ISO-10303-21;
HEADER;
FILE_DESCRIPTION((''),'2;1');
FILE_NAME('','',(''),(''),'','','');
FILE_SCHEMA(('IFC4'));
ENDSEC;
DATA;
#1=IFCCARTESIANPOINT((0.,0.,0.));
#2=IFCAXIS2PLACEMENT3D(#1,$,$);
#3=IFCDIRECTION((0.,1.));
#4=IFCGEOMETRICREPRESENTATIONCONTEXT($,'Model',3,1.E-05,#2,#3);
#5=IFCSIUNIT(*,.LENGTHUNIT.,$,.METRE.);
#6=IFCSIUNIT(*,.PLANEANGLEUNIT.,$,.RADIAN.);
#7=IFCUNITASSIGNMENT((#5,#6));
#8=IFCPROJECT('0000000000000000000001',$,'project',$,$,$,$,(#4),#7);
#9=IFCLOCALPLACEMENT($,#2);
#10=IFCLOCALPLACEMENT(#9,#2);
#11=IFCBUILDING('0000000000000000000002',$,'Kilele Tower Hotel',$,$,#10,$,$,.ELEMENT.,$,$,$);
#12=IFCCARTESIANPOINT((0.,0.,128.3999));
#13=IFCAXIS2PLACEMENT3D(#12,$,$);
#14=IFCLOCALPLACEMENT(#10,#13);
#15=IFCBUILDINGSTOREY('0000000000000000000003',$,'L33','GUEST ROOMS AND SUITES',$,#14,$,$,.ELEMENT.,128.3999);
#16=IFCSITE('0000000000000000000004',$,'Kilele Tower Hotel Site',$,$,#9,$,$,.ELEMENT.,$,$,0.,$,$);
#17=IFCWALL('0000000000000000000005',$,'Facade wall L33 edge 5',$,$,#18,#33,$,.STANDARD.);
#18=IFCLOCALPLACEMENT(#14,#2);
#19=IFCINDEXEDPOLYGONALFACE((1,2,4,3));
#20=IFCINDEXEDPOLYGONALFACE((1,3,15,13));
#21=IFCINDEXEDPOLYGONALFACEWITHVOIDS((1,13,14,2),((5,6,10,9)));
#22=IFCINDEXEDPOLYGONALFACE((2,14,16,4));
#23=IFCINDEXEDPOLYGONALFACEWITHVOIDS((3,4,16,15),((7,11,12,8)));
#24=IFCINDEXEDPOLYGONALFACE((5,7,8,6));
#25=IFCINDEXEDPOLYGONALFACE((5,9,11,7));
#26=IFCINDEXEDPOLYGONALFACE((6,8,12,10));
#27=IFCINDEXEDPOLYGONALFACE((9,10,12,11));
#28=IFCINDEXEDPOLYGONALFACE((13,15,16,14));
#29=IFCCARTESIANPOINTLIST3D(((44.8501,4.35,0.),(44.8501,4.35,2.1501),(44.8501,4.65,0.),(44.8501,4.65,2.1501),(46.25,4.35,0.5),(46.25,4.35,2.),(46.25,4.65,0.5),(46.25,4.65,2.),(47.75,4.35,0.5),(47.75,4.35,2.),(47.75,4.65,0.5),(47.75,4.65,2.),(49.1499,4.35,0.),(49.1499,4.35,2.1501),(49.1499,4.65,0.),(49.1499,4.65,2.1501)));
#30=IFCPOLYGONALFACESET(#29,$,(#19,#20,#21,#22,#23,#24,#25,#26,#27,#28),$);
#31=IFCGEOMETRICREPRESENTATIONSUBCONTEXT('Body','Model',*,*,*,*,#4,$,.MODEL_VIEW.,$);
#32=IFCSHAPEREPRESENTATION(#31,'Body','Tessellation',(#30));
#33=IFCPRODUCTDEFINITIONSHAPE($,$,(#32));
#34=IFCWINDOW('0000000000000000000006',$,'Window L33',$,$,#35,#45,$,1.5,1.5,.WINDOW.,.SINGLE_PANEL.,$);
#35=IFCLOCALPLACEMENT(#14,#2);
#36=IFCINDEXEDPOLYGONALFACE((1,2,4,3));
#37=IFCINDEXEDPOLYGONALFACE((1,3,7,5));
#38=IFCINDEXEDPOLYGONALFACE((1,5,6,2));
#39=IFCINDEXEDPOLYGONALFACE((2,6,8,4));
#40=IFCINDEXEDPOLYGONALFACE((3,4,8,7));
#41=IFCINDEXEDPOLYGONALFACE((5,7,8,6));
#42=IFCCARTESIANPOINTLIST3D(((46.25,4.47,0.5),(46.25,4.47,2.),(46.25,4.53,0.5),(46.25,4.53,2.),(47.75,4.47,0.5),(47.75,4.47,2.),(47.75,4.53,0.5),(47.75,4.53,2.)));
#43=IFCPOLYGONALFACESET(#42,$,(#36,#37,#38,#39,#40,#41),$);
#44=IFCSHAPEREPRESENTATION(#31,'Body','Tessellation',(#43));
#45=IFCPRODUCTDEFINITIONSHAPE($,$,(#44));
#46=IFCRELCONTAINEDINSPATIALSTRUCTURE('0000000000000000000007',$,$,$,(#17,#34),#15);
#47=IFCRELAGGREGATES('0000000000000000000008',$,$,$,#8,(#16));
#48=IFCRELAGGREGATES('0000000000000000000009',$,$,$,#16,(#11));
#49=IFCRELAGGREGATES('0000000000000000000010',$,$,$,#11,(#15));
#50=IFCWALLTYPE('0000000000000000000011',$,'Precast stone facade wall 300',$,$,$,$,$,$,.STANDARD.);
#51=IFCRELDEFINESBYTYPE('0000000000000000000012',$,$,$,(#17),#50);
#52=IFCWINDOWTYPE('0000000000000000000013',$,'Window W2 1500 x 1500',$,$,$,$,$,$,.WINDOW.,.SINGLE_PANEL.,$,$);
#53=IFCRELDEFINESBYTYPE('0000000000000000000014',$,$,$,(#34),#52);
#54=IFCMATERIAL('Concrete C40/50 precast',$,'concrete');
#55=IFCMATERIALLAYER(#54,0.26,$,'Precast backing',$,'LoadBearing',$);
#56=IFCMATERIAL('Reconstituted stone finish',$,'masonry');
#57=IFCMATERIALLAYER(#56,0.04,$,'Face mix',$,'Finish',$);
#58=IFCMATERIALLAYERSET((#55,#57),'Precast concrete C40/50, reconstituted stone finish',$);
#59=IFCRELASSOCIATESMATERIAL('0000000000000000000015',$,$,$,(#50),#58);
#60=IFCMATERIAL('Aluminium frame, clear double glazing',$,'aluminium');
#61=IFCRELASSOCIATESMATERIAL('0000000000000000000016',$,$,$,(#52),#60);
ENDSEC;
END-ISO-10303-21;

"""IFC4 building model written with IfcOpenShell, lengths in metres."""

from ifc_helpers import new_model, si_unit, direction, frame, frame_2d, origin, place, context, subcontext, project, spatial, rectangle, extrude, material, layer, layer_set, type_object, element, fill, save


model = new_model("IFC4")

# Units and contexts
model_context = context("Model", 3, precision=1e-05, world=origin(), true_north=direction((0.0, 1.0)))
body_context = subcontext(model_context, "Body", "Model", "MODEL_VIEW")
ifc_project = project(units=[si_unit("LENGTHUNIT", "METRE"), si_unit("PLANEANGLEUNIT", "RADIAN")], contexts=[model_context])

# Site, building, storey
site_placement = place(None, origin())
site = spatial("IfcSite", under=ifc_project, at=site_placement, Name="Kilele Tower Hotel Site", CompositionType="ELEMENT", RefElevation=0.0)
building_placement = place(site_placement, origin())
building = spatial("IfcBuilding", under=site, at=building_placement, Name="Kilele Tower Hotel", CompositionType="ELEMENT")
storey_placement = place(building_placement, frame((0.0, 0.0, 128.3999)))
storey = spatial("IfcBuildingStorey", under=building, at=storey_placement, Name="L33", Description="GUEST ROOMS AND SUITES", CompositionType="ELEMENT", Elevation=128.3999)

# Wall, opening, window
ifc_material_1 = material(Name="Concrete C40/50 precast", Category="concrete")
ifc_layer_1 = layer(ifc_material_1, 0.26, Name="Precast backing", Category="LoadBearing")
ifc_material_2 = material(Name="Reconstituted stone finish", Category="masonry")
ifc_layer_2 = layer(ifc_material_2, 0.04, Name="Face mix", Category="Finish")
ifc_layer_set_1 = layer_set([ifc_layer_1, ifc_layer_2], Name="Precast concrete C40/50, reconstituted stone finish")
wall_type_1 = type_object("IfcWallType", Name="Precast stone facade wall 300", PredefinedType="STANDARD", material=ifc_layer_set_1)
ifc_material_3 = material(Name="Aluminium frame, clear double glazing", Category="aluminium")
window_type = type_object("IfcWindowType", Name="Window W2 1500 x 1500", PartitioningType="SINGLE_PANEL", PredefinedType="WINDOW", material=ifc_material_3)
wall_1_placement = place(storey_placement, frame((44.8501, 4.5, 0.0), z_axis=(0.0, 0.0, 1.0), x_axis=(1.0, 0.0, 0.0)))
wall_1 = element("IfcWall", 1, at=wall_1_placement, inside=storey, type_object=wall_type_1, Name="Facade wall L33 edge 5", PredefinedType="STANDARD", context=body_context, shape_type="SweptSolid", body=[
    extrude(rectangle(XDim=4.2998, YDim=0.3, at=frame_2d((2.1499, 0.0))), origin(), (0.0, 0.0, 1.0), 2.1501),
])
opening_1_placement = place(wall_1_placement, frame((1.3999, 0.0, 0.5)))
opening_1 = element("IfcOpeningElement", 2, at=opening_1_placement, cuts=wall_1, PredefinedType="OPENING", context=body_context, shape_type="SweptSolid", body=[
    extrude(rectangle(XDim=1.5, YDim=1.5, at=frame_2d((0.75, 0.75))), frame((0.0, 0.1599, 0.0), z_axis=(0.0, -1.0, 0.0), x_axis=(1.0, 0.0, 0.0)), (0.0, 0.0, 1.0), 0.3201),
])
window_1_placement = place(opening_1_placement, origin())
window_1 = element("IfcWindow", 3, at=window_1_placement, inside=storey, type_object=window_type, Name="Window L33", OverallHeight=1.5, OverallWidth=1.5, PartitioningType="SINGLE_PANEL", PredefinedType="WINDOW", context=body_context, shape_type="SweptSolid", body=[
    extrude(rectangle(XDim=1.5, YDim=1.5, at=frame_2d((0.75, 0.75))), frame((0.0, 0.03, 0.0), z_axis=(0.0, -1.0, 0.0), x_axis=(1.0, 0.0, 0.0)), (0.0, 0.0, 1.0), 0.0601),
])
fill(opening_1, window_1)

save(model, "model.ifc")
